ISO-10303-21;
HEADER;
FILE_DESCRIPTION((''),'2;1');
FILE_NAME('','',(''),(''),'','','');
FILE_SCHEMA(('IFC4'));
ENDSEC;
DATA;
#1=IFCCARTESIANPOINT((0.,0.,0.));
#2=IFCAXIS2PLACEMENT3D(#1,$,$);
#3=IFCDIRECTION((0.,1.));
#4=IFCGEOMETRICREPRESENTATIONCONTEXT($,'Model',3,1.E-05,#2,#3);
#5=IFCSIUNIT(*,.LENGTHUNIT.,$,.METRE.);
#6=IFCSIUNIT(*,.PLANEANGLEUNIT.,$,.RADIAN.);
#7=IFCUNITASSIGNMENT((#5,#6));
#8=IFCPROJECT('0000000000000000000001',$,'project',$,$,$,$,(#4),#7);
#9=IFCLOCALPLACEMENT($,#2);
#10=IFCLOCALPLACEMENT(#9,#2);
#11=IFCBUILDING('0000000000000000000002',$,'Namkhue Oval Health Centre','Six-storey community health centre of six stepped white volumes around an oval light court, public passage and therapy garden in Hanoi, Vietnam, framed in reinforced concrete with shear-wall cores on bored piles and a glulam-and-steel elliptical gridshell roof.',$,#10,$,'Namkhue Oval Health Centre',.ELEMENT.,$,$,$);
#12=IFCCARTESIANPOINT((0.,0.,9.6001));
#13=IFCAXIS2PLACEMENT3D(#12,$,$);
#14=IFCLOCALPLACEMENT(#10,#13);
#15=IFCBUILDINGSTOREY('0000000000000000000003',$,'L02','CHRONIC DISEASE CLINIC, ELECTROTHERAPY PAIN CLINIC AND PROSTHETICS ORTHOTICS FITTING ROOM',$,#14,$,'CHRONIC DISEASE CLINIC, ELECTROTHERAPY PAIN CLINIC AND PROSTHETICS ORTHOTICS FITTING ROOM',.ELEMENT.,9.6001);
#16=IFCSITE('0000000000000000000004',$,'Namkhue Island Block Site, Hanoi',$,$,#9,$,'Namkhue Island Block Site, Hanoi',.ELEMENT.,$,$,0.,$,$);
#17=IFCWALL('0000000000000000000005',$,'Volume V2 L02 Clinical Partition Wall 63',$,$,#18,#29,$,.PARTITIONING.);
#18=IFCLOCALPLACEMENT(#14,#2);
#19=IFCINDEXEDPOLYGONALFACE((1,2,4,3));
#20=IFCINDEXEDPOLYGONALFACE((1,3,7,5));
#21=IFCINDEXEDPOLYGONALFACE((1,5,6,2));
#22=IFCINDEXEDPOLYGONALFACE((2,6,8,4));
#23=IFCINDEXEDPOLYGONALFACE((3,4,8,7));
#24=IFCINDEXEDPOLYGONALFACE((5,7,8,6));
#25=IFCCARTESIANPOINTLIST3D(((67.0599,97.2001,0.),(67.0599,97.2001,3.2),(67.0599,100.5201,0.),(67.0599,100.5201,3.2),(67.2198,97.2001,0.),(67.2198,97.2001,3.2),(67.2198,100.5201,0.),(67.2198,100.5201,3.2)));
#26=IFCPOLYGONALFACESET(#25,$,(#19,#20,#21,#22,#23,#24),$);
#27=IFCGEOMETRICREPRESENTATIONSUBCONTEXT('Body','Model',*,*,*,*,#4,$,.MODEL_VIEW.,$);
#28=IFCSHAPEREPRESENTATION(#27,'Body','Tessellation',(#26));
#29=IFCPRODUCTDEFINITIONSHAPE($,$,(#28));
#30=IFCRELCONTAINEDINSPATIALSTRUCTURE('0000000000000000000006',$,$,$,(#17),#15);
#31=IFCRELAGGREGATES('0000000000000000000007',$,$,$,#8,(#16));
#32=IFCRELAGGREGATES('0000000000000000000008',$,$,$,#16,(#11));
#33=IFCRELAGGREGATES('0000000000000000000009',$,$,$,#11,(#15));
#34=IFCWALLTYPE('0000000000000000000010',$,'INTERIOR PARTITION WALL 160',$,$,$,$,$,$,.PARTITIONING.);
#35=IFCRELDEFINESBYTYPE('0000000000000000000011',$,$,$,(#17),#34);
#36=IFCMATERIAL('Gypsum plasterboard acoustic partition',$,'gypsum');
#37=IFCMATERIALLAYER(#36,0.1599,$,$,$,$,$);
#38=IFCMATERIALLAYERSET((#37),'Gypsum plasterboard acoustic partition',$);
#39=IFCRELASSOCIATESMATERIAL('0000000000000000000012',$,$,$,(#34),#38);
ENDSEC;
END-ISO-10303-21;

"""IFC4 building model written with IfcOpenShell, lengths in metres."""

from ifc_helpers import new_model, si_unit, direction, frame, frame_2d, origin, place, context, subcontext, project, spatial, rectangle, extrude, material, layer, layer_set, type_object, element, save


model = new_model("IFC4")

# Units and contexts
model_context = context("Model", 3, precision=1e-05, world=origin(), true_north=direction((0.0, 1.0)))
body_context = subcontext(model_context, "Body", "Model", "MODEL_VIEW")
ifc_project = project(units=[si_unit("LENGTHUNIT", "METRE"), si_unit("PLANEANGLEUNIT", "RADIAN")], contexts=[model_context])

# Site, building, storey
site_placement = place(None, origin())
site = spatial("IfcSite", under=ifc_project, at=site_placement, Name="Namkhue Island Block Site, Hanoi", LongName="Namkhue Island Block Site, Hanoi", CompositionType="ELEMENT", RefElevation=0.0)
building_placement = place(site_placement, origin())
building = spatial("IfcBuilding", under=site, at=building_placement, Name="Namkhue Oval Health Centre", Description="Six-storey community health centre of six stepped white volumes around an oval light court, public passage and therapy garden in Hanoi, Vietnam, framed in reinforced concrete with shear-wall cores on bored piles and a glulam-and-steel elliptical gridshell roof.", LongName="Namkhue Oval Health Centre", CompositionType="ELEMENT")
storey_placement = place(building_placement, frame((0.0, 0.0, 9.6001)))
storey = spatial("IfcBuildingStorey", under=building, at=storey_placement, Name="L02", Description="CHRONIC DISEASE CLINIC, ELECTROTHERAPY PAIN CLINIC AND PROSTHETICS ORTHOTICS FITTING ROOM", LongName="CHRONIC DISEASE CLINIC, ELECTROTHERAPY PAIN CLINIC AND PROSTHETICS ORTHOTICS FITTING ROOM", CompositionType="ELEMENT", Elevation=9.6001)

# Wall
ifc_material_1 = material(Name="Gypsum plasterboard acoustic partition", Category="gypsum")
ifc_layer_1 = layer(ifc_material_1, 0.1599)
ifc_layer_set_1 = layer_set([ifc_layer_1], Name="Gypsum plasterboard acoustic partition")
wall_type_1 = type_object("IfcWallType", Name="INTERIOR PARTITION WALL 160", PredefinedType="PARTITIONING", material=ifc_layer_set_1)
wall_1_placement = place(storey_placement, frame((67.1399, 97.2, 0.0), z_axis=(0.0, 0.0, 1.0), x_axis=(0.0, 1.0, 0.0)))
element("IfcWall", 1, at=wall_1_placement, inside=storey, type_object=wall_type_1, Name="Volume V2 L02 Clinical Partition Wall 63", PredefinedType="PARTITIONING", context=body_context, shape_type="SweptSolid", body=[
    extrude(rectangle(XDim=3.3201, YDim=0.1599, at=frame_2d((1.6602, 0.0))), origin(), (0.0, 0.0, 1.0), 3.2),
])

save(model, "model.ifc")
